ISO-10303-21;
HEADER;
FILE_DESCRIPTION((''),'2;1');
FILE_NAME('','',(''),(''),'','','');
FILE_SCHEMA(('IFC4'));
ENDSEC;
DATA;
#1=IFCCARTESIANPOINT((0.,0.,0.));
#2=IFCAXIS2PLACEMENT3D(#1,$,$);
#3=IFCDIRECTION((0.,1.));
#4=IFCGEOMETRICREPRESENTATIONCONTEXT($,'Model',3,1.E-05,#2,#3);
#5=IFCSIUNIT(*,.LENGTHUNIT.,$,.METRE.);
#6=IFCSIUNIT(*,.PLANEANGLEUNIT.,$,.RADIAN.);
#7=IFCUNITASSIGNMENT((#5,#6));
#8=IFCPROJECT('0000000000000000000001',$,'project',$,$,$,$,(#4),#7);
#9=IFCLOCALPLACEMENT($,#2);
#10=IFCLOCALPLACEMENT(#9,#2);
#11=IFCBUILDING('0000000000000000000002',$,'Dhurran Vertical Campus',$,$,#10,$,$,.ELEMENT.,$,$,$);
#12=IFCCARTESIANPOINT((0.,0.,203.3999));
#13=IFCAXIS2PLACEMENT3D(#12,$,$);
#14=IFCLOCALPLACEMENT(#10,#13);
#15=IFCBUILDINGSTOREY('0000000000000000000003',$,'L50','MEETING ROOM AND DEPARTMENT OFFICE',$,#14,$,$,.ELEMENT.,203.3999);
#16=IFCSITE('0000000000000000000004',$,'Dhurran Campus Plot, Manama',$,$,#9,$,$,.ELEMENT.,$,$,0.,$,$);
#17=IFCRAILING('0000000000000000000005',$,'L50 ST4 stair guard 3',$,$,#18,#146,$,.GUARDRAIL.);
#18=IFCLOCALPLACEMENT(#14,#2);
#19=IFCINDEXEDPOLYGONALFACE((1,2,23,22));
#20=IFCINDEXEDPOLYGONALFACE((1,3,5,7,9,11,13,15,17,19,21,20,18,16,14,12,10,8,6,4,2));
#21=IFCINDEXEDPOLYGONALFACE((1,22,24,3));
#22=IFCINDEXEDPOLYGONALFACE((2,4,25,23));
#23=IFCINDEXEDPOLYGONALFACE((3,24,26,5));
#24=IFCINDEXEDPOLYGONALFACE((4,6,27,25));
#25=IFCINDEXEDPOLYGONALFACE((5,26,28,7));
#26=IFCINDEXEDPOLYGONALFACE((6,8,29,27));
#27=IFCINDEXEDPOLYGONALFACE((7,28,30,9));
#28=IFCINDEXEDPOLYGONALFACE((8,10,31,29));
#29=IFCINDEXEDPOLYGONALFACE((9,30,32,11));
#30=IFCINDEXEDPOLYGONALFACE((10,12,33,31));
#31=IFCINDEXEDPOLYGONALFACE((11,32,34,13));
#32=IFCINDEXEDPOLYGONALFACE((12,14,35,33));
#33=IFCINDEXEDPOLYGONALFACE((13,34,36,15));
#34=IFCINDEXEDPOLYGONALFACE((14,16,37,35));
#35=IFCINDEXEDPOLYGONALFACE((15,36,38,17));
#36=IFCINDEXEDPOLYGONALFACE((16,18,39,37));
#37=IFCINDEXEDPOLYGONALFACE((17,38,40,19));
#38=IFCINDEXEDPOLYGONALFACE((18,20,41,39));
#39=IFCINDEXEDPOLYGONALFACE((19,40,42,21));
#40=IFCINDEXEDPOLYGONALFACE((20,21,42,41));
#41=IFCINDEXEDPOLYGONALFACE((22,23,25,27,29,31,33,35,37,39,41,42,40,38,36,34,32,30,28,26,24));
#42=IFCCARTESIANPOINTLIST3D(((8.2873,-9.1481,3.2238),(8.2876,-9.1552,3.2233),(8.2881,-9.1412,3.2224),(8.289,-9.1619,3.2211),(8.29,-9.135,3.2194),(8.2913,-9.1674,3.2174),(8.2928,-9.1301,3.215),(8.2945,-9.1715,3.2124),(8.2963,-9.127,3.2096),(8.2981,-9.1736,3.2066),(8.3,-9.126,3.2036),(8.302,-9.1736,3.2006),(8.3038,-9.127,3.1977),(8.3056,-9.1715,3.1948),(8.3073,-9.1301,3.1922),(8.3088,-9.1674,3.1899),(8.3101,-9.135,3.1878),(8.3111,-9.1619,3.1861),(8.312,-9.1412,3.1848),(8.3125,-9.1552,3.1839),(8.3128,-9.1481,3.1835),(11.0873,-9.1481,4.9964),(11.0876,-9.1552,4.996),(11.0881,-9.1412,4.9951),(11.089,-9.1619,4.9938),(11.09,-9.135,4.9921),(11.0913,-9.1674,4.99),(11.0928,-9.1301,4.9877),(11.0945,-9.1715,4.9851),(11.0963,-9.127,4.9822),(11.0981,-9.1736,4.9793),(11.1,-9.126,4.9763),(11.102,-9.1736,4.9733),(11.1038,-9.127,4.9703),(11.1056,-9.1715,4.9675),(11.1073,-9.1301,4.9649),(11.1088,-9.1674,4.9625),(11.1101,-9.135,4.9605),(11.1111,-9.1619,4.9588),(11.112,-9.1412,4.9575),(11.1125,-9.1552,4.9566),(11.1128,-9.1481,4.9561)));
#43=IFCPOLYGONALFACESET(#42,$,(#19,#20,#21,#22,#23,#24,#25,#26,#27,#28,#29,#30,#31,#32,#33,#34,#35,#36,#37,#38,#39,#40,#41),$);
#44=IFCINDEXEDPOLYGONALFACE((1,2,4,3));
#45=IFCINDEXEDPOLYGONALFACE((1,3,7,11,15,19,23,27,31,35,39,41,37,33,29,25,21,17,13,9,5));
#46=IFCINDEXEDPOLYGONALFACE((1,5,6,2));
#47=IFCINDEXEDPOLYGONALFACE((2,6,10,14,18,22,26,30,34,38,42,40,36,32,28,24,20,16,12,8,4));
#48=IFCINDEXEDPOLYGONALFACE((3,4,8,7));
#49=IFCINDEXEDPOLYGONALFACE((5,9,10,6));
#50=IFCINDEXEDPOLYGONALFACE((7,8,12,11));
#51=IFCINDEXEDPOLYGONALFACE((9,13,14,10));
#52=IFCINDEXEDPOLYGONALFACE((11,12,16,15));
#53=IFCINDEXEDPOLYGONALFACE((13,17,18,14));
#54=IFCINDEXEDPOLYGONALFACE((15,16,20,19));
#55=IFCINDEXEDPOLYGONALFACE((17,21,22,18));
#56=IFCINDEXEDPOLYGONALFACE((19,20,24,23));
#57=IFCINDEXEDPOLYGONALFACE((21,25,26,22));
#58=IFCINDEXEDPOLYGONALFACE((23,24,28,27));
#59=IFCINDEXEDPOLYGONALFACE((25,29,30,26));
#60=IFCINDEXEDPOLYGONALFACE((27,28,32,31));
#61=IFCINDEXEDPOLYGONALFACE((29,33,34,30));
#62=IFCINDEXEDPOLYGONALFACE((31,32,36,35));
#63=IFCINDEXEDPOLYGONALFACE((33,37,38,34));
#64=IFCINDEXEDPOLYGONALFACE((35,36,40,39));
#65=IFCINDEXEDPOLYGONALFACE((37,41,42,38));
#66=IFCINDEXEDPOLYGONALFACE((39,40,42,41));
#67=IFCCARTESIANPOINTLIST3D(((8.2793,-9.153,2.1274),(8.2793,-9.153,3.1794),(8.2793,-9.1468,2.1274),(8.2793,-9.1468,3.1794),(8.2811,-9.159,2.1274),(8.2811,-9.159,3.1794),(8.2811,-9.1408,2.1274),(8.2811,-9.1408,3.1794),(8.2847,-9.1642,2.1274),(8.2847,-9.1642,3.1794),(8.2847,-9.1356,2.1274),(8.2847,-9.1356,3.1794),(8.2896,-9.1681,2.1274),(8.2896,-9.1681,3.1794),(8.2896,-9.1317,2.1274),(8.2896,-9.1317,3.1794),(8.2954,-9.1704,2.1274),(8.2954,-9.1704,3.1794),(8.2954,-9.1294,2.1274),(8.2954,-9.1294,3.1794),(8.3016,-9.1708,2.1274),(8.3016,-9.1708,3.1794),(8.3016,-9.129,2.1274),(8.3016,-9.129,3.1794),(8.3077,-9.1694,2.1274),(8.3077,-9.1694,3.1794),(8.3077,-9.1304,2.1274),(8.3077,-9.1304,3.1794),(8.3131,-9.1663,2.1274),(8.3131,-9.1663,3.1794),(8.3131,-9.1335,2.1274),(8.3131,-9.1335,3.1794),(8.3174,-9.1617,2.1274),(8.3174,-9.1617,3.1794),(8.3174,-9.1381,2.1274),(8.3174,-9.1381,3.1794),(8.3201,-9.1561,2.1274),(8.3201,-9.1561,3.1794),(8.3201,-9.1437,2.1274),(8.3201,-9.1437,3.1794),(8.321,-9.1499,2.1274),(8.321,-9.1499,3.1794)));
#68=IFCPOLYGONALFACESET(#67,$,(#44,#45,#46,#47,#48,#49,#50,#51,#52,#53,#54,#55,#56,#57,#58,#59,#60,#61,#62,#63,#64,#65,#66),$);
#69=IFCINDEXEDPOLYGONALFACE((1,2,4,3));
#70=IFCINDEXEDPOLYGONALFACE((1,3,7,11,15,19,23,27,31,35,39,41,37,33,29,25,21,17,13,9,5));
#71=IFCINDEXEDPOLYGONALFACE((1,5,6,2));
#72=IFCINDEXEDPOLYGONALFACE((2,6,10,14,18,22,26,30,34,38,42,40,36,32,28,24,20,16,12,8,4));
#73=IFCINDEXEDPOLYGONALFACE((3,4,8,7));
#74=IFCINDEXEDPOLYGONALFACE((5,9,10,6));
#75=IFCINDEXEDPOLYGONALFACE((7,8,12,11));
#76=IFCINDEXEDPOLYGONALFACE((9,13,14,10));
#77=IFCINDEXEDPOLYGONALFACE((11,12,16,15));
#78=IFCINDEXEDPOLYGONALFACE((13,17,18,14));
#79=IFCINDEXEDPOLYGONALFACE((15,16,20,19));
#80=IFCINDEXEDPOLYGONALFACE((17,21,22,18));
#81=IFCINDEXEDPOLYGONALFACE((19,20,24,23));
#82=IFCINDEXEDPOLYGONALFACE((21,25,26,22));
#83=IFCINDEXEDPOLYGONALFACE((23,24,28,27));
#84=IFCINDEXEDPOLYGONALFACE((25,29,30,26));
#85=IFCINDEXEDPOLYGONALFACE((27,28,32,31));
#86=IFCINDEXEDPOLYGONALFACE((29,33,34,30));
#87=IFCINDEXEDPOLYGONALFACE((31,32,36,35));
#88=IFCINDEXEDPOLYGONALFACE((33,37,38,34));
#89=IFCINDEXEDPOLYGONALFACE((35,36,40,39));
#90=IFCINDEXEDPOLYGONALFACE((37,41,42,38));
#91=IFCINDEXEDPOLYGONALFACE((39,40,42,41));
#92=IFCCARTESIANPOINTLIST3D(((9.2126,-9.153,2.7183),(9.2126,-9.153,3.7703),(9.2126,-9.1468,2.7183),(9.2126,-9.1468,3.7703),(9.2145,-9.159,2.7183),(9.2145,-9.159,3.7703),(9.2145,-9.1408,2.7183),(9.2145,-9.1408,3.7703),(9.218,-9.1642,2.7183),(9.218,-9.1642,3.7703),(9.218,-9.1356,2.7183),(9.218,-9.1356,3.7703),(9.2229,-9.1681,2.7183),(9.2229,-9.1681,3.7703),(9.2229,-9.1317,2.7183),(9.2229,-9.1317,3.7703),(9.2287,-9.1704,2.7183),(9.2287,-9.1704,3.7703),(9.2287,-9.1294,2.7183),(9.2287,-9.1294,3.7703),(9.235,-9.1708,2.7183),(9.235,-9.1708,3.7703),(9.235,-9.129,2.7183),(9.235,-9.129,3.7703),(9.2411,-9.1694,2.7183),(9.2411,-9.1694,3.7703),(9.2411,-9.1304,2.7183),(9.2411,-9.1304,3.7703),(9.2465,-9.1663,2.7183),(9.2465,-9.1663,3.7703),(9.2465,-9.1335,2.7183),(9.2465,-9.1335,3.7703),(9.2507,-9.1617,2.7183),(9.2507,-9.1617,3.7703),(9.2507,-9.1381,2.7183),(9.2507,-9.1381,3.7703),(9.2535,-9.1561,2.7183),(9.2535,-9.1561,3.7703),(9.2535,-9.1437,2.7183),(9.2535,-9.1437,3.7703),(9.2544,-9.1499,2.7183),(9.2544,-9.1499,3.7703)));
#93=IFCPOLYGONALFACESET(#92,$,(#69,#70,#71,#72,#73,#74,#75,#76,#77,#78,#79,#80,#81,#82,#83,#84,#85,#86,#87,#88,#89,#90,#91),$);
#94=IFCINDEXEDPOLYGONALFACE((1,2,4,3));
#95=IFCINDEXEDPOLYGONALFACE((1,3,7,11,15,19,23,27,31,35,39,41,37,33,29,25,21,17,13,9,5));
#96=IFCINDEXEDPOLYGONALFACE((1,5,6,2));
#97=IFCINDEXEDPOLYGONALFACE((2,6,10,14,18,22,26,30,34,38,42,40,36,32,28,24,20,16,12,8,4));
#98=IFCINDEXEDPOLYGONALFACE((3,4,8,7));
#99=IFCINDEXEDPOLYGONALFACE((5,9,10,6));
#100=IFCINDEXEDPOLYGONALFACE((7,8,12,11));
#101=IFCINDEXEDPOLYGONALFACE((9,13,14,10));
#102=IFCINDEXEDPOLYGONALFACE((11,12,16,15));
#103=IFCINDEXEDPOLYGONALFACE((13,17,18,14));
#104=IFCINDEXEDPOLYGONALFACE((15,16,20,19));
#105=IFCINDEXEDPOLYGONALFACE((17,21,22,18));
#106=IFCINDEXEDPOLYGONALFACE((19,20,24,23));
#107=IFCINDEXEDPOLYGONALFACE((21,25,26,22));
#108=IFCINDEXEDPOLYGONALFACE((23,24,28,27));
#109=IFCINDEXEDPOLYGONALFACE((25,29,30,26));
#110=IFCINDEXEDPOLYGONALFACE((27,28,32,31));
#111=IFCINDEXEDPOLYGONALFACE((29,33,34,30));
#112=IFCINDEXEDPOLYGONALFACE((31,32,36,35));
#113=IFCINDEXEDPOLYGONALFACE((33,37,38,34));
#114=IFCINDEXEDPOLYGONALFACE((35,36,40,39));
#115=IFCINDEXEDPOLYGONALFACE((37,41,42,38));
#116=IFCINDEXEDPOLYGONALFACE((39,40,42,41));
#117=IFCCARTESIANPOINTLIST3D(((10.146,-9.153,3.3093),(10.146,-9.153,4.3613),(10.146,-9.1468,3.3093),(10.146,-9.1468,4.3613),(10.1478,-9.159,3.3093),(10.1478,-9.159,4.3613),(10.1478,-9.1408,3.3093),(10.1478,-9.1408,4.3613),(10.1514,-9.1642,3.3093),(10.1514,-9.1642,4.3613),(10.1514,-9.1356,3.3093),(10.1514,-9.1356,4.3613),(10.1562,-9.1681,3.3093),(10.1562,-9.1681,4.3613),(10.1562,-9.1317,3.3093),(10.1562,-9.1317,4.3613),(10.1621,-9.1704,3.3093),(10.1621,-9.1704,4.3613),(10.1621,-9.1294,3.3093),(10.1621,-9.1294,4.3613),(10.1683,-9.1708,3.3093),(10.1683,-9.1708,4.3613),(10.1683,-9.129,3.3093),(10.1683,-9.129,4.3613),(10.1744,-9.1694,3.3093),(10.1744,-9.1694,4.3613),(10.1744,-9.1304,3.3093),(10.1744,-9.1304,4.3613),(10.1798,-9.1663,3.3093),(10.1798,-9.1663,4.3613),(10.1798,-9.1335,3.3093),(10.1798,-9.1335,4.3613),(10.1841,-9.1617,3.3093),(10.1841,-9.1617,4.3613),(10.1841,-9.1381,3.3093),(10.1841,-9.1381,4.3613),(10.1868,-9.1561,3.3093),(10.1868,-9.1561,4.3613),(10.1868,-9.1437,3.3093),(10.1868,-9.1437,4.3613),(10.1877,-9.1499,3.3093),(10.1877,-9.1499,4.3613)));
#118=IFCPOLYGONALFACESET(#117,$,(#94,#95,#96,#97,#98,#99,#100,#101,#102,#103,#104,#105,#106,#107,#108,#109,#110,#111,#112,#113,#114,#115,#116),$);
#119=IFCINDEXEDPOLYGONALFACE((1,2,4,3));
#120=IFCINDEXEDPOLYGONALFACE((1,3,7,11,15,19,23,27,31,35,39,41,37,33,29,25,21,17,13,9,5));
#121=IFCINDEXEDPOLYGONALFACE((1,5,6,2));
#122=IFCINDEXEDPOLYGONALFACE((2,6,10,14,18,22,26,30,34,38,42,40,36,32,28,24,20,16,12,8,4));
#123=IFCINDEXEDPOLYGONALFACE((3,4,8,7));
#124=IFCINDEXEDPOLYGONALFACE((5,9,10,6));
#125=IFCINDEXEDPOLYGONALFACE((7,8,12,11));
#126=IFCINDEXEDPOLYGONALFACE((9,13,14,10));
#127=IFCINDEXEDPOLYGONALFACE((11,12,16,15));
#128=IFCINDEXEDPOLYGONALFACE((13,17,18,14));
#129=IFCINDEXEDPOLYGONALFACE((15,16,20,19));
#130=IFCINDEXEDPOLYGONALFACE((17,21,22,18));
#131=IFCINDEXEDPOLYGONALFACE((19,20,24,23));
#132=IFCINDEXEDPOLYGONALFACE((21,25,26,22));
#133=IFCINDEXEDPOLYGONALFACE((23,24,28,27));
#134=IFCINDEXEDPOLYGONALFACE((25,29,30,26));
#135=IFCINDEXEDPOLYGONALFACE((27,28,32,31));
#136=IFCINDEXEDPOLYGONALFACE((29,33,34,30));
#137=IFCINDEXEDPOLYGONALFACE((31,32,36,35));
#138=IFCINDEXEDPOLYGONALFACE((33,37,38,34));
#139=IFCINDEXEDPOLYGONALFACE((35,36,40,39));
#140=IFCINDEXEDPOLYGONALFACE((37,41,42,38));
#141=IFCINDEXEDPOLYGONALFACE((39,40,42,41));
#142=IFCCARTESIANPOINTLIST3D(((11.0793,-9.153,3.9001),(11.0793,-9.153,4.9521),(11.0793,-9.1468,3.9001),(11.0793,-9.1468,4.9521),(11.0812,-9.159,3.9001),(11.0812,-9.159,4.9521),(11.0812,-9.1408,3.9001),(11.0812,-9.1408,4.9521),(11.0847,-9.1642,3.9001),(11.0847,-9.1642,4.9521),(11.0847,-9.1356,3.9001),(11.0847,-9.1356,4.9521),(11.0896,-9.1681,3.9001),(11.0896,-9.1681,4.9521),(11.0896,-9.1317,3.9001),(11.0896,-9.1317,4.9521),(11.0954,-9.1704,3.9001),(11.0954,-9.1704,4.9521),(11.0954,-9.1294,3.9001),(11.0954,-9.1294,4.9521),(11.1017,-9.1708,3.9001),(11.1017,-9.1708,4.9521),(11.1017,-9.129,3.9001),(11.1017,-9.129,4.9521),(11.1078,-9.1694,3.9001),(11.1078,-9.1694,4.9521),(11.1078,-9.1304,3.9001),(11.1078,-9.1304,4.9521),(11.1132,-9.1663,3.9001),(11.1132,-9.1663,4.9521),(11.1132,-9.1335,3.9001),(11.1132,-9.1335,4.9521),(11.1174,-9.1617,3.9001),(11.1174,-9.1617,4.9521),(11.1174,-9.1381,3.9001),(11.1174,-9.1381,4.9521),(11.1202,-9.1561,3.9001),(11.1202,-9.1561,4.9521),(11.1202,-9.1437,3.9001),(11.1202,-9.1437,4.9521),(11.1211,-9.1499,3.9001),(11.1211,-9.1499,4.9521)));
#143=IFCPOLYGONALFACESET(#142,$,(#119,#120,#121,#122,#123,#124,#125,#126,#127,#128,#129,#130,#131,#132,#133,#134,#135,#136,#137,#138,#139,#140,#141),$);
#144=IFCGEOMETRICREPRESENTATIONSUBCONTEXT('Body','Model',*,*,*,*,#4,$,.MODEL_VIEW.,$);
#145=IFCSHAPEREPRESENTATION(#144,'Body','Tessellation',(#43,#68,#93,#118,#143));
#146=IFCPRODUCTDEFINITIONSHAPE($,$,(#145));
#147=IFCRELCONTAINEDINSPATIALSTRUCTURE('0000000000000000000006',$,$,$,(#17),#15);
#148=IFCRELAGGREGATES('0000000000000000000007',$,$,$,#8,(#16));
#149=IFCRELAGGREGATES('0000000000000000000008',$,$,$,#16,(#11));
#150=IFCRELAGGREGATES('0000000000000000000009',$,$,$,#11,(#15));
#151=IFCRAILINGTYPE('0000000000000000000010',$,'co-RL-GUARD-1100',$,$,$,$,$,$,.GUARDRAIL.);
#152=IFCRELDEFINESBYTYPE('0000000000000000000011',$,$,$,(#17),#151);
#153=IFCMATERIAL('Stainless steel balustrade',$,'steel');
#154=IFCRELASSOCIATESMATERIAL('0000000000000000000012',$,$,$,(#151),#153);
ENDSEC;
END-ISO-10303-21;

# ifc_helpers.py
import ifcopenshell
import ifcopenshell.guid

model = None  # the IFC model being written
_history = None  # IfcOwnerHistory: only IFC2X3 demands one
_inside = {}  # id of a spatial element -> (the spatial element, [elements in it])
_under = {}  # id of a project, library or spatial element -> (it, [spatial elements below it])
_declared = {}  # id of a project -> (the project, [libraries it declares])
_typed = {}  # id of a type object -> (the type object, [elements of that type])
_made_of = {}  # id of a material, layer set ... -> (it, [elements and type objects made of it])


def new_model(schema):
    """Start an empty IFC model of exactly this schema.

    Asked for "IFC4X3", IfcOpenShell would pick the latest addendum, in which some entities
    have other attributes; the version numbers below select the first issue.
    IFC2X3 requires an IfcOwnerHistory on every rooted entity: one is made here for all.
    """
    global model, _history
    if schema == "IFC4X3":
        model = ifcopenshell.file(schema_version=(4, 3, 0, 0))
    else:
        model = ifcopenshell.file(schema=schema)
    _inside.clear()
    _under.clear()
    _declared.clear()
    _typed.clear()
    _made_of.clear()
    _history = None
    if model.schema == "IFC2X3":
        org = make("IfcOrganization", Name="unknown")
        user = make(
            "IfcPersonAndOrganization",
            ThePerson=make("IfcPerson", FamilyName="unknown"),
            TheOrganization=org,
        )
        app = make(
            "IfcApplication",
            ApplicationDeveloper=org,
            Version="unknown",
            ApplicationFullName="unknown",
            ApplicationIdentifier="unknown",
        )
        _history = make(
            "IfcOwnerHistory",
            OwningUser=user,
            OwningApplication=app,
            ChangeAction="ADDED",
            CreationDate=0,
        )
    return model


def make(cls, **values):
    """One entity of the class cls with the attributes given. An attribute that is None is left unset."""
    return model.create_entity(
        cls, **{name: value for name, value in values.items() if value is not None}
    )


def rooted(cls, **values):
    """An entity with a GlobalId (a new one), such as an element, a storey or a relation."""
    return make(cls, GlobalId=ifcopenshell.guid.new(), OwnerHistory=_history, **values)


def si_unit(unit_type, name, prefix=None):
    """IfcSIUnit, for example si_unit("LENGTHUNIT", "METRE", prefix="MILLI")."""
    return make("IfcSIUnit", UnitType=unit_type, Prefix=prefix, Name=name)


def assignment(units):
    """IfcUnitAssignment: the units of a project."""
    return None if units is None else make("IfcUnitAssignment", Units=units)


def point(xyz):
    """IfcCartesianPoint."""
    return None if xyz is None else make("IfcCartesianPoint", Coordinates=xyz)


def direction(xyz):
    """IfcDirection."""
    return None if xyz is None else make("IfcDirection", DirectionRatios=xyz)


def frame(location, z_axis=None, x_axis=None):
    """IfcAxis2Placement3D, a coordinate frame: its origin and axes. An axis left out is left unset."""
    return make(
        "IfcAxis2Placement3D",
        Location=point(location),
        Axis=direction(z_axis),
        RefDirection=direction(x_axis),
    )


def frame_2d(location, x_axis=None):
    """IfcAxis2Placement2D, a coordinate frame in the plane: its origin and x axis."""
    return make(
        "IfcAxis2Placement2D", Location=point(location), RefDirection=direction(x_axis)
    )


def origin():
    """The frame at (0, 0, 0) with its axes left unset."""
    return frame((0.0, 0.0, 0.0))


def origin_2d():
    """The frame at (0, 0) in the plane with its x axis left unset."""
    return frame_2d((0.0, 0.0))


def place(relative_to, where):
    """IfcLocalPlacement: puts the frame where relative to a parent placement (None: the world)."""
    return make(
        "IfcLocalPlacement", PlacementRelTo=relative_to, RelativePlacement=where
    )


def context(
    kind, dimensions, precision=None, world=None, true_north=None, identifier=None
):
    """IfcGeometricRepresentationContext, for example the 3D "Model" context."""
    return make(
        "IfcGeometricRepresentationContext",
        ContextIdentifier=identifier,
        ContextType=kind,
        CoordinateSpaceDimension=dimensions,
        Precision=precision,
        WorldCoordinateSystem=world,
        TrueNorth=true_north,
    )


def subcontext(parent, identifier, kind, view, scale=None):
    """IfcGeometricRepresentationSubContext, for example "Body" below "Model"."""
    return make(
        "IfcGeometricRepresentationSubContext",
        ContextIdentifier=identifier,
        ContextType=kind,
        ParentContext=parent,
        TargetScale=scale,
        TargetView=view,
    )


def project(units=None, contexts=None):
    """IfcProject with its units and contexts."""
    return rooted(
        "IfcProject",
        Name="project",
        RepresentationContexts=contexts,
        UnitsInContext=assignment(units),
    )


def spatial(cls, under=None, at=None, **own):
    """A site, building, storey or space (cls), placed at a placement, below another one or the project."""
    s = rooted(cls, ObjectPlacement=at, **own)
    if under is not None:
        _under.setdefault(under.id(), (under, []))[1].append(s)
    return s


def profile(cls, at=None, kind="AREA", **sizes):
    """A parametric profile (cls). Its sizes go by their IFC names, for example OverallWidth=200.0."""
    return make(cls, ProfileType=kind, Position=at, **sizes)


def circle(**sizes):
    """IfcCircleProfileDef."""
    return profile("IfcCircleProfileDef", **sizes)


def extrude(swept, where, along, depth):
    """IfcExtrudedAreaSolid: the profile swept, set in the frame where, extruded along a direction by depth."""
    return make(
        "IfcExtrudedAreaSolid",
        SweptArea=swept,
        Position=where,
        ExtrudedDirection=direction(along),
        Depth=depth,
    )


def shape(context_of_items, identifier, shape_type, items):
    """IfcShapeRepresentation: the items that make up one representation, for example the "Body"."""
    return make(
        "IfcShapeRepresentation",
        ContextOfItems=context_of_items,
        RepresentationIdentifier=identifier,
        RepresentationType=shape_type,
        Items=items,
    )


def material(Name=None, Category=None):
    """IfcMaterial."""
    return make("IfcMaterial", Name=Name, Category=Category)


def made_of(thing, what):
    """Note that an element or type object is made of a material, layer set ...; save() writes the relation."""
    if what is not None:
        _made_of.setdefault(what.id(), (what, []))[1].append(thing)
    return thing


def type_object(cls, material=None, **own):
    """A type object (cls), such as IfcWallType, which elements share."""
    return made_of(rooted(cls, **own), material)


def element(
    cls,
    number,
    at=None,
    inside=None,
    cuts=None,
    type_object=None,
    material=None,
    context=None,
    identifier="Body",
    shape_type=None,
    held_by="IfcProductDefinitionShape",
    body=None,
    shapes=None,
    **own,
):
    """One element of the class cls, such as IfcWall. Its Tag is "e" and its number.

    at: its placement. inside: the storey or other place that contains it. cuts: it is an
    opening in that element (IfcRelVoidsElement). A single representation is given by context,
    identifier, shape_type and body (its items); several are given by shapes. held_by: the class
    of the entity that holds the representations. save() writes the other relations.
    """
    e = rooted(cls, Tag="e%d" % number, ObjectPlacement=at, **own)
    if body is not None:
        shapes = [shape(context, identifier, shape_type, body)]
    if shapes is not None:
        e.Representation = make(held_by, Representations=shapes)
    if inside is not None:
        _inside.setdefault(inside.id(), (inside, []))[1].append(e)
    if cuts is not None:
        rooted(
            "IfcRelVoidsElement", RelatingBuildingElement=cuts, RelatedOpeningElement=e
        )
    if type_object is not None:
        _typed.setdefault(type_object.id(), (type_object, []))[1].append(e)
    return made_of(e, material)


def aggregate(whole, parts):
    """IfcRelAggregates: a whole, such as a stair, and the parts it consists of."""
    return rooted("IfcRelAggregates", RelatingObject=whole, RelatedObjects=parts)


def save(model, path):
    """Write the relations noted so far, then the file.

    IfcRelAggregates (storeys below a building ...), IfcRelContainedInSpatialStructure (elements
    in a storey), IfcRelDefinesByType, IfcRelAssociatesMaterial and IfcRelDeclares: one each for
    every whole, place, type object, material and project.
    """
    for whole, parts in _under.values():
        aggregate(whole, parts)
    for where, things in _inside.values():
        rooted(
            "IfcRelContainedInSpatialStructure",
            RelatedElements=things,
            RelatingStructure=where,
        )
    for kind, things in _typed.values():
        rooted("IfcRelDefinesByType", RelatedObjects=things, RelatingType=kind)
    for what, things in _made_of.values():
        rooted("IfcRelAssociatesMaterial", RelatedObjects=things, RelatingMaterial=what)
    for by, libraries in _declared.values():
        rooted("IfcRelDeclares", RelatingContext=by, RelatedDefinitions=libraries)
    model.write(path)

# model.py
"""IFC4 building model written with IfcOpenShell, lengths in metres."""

from ifc_helpers import new_model, si_unit, direction, frame, origin, origin_2d, place, context, subcontext, project, spatial, circle, extrude, material, type_object, element, save


model = new_model("IFC4")

# Units and contexts
model_context = context("Model", 3, precision=1e-05, world=origin(), true_north=direction((0.0, 1.0)))
body_context = subcontext(model_context, "Body", "Model", "MODEL_VIEW")
ifc_project = project(units=[si_unit("LENGTHUNIT", "METRE"), si_unit("PLANEANGLEUNIT", "RADIAN")], contexts=[model_context])

# Site, building, storey
site_placement = place(None, origin())
site = spatial("IfcSite", under=ifc_project, at=site_placement, Name="Dhurran Campus Plot, Manama", CompositionType="ELEMENT", RefElevation=0.0)
building_placement = place(site_placement, origin())
building = spatial("IfcBuilding", under=site, at=building_placement, Name="Dhurran Vertical Campus", CompositionType="ELEMENT")
storey_placement = place(building_placement, frame((0.0, 0.0, 203.3999)))
storey = spatial("IfcBuildingStorey", under=building, at=storey_placement, Name="L50", Description="MEETING ROOM AND DEPARTMENT OFFICE", CompositionType="ELEMENT", Elevation=203.3999)

# Railing
ifc_material_1 = material(Name="Stainless steel balustrade", Category="steel")
railing_type_1 = type_object("IfcRailingType", Name="co-RL-GUARD-1100", PredefinedType="GUARDRAIL", material=ifc_material_1)
railing_1_placement = place(storey_placement, frame((8.3, -9.1499, 2.1274)))
element("IfcRailing", 1, at=railing_1_placement, inside=storey, type_object=railing_type_1, Name="L50 ST4 stair guard 3", PredefinedType="GUARDRAIL", context=body_context, shape_type="SweptSolid", body=[
    extrude(circle(Radius=0.0239, at=origin_2d()), frame((0.0, 0.0, 1.0762), z_axis=(0.844909, 0.0, 0.53491), x_axis=(0.0, 1.0, 0.0)), (0.0, 0.0, 1.0), 3.314),
    extrude(circle(Radius=0.021, at=origin_2d()), origin(), (0.0, 0.0, 1.0), 1.052),
    extrude(circle(Radius=0.021, at=origin_2d()), frame((0.9333, 0.0, 0.5908)), (0.0, 0.0, 1.0), 1.052),
    extrude(circle(Radius=0.021, at=origin_2d()), frame((1.8667, 0.0, 1.1819)), (0.0, 0.0, 1.0), 1.052),
    extrude(circle(Radius=0.021, at=origin_2d()), frame((2.8, 0.0, 1.7727)), (0.0, 0.0, 1.0), 1.052),
])

save(model, "model.ifc")
